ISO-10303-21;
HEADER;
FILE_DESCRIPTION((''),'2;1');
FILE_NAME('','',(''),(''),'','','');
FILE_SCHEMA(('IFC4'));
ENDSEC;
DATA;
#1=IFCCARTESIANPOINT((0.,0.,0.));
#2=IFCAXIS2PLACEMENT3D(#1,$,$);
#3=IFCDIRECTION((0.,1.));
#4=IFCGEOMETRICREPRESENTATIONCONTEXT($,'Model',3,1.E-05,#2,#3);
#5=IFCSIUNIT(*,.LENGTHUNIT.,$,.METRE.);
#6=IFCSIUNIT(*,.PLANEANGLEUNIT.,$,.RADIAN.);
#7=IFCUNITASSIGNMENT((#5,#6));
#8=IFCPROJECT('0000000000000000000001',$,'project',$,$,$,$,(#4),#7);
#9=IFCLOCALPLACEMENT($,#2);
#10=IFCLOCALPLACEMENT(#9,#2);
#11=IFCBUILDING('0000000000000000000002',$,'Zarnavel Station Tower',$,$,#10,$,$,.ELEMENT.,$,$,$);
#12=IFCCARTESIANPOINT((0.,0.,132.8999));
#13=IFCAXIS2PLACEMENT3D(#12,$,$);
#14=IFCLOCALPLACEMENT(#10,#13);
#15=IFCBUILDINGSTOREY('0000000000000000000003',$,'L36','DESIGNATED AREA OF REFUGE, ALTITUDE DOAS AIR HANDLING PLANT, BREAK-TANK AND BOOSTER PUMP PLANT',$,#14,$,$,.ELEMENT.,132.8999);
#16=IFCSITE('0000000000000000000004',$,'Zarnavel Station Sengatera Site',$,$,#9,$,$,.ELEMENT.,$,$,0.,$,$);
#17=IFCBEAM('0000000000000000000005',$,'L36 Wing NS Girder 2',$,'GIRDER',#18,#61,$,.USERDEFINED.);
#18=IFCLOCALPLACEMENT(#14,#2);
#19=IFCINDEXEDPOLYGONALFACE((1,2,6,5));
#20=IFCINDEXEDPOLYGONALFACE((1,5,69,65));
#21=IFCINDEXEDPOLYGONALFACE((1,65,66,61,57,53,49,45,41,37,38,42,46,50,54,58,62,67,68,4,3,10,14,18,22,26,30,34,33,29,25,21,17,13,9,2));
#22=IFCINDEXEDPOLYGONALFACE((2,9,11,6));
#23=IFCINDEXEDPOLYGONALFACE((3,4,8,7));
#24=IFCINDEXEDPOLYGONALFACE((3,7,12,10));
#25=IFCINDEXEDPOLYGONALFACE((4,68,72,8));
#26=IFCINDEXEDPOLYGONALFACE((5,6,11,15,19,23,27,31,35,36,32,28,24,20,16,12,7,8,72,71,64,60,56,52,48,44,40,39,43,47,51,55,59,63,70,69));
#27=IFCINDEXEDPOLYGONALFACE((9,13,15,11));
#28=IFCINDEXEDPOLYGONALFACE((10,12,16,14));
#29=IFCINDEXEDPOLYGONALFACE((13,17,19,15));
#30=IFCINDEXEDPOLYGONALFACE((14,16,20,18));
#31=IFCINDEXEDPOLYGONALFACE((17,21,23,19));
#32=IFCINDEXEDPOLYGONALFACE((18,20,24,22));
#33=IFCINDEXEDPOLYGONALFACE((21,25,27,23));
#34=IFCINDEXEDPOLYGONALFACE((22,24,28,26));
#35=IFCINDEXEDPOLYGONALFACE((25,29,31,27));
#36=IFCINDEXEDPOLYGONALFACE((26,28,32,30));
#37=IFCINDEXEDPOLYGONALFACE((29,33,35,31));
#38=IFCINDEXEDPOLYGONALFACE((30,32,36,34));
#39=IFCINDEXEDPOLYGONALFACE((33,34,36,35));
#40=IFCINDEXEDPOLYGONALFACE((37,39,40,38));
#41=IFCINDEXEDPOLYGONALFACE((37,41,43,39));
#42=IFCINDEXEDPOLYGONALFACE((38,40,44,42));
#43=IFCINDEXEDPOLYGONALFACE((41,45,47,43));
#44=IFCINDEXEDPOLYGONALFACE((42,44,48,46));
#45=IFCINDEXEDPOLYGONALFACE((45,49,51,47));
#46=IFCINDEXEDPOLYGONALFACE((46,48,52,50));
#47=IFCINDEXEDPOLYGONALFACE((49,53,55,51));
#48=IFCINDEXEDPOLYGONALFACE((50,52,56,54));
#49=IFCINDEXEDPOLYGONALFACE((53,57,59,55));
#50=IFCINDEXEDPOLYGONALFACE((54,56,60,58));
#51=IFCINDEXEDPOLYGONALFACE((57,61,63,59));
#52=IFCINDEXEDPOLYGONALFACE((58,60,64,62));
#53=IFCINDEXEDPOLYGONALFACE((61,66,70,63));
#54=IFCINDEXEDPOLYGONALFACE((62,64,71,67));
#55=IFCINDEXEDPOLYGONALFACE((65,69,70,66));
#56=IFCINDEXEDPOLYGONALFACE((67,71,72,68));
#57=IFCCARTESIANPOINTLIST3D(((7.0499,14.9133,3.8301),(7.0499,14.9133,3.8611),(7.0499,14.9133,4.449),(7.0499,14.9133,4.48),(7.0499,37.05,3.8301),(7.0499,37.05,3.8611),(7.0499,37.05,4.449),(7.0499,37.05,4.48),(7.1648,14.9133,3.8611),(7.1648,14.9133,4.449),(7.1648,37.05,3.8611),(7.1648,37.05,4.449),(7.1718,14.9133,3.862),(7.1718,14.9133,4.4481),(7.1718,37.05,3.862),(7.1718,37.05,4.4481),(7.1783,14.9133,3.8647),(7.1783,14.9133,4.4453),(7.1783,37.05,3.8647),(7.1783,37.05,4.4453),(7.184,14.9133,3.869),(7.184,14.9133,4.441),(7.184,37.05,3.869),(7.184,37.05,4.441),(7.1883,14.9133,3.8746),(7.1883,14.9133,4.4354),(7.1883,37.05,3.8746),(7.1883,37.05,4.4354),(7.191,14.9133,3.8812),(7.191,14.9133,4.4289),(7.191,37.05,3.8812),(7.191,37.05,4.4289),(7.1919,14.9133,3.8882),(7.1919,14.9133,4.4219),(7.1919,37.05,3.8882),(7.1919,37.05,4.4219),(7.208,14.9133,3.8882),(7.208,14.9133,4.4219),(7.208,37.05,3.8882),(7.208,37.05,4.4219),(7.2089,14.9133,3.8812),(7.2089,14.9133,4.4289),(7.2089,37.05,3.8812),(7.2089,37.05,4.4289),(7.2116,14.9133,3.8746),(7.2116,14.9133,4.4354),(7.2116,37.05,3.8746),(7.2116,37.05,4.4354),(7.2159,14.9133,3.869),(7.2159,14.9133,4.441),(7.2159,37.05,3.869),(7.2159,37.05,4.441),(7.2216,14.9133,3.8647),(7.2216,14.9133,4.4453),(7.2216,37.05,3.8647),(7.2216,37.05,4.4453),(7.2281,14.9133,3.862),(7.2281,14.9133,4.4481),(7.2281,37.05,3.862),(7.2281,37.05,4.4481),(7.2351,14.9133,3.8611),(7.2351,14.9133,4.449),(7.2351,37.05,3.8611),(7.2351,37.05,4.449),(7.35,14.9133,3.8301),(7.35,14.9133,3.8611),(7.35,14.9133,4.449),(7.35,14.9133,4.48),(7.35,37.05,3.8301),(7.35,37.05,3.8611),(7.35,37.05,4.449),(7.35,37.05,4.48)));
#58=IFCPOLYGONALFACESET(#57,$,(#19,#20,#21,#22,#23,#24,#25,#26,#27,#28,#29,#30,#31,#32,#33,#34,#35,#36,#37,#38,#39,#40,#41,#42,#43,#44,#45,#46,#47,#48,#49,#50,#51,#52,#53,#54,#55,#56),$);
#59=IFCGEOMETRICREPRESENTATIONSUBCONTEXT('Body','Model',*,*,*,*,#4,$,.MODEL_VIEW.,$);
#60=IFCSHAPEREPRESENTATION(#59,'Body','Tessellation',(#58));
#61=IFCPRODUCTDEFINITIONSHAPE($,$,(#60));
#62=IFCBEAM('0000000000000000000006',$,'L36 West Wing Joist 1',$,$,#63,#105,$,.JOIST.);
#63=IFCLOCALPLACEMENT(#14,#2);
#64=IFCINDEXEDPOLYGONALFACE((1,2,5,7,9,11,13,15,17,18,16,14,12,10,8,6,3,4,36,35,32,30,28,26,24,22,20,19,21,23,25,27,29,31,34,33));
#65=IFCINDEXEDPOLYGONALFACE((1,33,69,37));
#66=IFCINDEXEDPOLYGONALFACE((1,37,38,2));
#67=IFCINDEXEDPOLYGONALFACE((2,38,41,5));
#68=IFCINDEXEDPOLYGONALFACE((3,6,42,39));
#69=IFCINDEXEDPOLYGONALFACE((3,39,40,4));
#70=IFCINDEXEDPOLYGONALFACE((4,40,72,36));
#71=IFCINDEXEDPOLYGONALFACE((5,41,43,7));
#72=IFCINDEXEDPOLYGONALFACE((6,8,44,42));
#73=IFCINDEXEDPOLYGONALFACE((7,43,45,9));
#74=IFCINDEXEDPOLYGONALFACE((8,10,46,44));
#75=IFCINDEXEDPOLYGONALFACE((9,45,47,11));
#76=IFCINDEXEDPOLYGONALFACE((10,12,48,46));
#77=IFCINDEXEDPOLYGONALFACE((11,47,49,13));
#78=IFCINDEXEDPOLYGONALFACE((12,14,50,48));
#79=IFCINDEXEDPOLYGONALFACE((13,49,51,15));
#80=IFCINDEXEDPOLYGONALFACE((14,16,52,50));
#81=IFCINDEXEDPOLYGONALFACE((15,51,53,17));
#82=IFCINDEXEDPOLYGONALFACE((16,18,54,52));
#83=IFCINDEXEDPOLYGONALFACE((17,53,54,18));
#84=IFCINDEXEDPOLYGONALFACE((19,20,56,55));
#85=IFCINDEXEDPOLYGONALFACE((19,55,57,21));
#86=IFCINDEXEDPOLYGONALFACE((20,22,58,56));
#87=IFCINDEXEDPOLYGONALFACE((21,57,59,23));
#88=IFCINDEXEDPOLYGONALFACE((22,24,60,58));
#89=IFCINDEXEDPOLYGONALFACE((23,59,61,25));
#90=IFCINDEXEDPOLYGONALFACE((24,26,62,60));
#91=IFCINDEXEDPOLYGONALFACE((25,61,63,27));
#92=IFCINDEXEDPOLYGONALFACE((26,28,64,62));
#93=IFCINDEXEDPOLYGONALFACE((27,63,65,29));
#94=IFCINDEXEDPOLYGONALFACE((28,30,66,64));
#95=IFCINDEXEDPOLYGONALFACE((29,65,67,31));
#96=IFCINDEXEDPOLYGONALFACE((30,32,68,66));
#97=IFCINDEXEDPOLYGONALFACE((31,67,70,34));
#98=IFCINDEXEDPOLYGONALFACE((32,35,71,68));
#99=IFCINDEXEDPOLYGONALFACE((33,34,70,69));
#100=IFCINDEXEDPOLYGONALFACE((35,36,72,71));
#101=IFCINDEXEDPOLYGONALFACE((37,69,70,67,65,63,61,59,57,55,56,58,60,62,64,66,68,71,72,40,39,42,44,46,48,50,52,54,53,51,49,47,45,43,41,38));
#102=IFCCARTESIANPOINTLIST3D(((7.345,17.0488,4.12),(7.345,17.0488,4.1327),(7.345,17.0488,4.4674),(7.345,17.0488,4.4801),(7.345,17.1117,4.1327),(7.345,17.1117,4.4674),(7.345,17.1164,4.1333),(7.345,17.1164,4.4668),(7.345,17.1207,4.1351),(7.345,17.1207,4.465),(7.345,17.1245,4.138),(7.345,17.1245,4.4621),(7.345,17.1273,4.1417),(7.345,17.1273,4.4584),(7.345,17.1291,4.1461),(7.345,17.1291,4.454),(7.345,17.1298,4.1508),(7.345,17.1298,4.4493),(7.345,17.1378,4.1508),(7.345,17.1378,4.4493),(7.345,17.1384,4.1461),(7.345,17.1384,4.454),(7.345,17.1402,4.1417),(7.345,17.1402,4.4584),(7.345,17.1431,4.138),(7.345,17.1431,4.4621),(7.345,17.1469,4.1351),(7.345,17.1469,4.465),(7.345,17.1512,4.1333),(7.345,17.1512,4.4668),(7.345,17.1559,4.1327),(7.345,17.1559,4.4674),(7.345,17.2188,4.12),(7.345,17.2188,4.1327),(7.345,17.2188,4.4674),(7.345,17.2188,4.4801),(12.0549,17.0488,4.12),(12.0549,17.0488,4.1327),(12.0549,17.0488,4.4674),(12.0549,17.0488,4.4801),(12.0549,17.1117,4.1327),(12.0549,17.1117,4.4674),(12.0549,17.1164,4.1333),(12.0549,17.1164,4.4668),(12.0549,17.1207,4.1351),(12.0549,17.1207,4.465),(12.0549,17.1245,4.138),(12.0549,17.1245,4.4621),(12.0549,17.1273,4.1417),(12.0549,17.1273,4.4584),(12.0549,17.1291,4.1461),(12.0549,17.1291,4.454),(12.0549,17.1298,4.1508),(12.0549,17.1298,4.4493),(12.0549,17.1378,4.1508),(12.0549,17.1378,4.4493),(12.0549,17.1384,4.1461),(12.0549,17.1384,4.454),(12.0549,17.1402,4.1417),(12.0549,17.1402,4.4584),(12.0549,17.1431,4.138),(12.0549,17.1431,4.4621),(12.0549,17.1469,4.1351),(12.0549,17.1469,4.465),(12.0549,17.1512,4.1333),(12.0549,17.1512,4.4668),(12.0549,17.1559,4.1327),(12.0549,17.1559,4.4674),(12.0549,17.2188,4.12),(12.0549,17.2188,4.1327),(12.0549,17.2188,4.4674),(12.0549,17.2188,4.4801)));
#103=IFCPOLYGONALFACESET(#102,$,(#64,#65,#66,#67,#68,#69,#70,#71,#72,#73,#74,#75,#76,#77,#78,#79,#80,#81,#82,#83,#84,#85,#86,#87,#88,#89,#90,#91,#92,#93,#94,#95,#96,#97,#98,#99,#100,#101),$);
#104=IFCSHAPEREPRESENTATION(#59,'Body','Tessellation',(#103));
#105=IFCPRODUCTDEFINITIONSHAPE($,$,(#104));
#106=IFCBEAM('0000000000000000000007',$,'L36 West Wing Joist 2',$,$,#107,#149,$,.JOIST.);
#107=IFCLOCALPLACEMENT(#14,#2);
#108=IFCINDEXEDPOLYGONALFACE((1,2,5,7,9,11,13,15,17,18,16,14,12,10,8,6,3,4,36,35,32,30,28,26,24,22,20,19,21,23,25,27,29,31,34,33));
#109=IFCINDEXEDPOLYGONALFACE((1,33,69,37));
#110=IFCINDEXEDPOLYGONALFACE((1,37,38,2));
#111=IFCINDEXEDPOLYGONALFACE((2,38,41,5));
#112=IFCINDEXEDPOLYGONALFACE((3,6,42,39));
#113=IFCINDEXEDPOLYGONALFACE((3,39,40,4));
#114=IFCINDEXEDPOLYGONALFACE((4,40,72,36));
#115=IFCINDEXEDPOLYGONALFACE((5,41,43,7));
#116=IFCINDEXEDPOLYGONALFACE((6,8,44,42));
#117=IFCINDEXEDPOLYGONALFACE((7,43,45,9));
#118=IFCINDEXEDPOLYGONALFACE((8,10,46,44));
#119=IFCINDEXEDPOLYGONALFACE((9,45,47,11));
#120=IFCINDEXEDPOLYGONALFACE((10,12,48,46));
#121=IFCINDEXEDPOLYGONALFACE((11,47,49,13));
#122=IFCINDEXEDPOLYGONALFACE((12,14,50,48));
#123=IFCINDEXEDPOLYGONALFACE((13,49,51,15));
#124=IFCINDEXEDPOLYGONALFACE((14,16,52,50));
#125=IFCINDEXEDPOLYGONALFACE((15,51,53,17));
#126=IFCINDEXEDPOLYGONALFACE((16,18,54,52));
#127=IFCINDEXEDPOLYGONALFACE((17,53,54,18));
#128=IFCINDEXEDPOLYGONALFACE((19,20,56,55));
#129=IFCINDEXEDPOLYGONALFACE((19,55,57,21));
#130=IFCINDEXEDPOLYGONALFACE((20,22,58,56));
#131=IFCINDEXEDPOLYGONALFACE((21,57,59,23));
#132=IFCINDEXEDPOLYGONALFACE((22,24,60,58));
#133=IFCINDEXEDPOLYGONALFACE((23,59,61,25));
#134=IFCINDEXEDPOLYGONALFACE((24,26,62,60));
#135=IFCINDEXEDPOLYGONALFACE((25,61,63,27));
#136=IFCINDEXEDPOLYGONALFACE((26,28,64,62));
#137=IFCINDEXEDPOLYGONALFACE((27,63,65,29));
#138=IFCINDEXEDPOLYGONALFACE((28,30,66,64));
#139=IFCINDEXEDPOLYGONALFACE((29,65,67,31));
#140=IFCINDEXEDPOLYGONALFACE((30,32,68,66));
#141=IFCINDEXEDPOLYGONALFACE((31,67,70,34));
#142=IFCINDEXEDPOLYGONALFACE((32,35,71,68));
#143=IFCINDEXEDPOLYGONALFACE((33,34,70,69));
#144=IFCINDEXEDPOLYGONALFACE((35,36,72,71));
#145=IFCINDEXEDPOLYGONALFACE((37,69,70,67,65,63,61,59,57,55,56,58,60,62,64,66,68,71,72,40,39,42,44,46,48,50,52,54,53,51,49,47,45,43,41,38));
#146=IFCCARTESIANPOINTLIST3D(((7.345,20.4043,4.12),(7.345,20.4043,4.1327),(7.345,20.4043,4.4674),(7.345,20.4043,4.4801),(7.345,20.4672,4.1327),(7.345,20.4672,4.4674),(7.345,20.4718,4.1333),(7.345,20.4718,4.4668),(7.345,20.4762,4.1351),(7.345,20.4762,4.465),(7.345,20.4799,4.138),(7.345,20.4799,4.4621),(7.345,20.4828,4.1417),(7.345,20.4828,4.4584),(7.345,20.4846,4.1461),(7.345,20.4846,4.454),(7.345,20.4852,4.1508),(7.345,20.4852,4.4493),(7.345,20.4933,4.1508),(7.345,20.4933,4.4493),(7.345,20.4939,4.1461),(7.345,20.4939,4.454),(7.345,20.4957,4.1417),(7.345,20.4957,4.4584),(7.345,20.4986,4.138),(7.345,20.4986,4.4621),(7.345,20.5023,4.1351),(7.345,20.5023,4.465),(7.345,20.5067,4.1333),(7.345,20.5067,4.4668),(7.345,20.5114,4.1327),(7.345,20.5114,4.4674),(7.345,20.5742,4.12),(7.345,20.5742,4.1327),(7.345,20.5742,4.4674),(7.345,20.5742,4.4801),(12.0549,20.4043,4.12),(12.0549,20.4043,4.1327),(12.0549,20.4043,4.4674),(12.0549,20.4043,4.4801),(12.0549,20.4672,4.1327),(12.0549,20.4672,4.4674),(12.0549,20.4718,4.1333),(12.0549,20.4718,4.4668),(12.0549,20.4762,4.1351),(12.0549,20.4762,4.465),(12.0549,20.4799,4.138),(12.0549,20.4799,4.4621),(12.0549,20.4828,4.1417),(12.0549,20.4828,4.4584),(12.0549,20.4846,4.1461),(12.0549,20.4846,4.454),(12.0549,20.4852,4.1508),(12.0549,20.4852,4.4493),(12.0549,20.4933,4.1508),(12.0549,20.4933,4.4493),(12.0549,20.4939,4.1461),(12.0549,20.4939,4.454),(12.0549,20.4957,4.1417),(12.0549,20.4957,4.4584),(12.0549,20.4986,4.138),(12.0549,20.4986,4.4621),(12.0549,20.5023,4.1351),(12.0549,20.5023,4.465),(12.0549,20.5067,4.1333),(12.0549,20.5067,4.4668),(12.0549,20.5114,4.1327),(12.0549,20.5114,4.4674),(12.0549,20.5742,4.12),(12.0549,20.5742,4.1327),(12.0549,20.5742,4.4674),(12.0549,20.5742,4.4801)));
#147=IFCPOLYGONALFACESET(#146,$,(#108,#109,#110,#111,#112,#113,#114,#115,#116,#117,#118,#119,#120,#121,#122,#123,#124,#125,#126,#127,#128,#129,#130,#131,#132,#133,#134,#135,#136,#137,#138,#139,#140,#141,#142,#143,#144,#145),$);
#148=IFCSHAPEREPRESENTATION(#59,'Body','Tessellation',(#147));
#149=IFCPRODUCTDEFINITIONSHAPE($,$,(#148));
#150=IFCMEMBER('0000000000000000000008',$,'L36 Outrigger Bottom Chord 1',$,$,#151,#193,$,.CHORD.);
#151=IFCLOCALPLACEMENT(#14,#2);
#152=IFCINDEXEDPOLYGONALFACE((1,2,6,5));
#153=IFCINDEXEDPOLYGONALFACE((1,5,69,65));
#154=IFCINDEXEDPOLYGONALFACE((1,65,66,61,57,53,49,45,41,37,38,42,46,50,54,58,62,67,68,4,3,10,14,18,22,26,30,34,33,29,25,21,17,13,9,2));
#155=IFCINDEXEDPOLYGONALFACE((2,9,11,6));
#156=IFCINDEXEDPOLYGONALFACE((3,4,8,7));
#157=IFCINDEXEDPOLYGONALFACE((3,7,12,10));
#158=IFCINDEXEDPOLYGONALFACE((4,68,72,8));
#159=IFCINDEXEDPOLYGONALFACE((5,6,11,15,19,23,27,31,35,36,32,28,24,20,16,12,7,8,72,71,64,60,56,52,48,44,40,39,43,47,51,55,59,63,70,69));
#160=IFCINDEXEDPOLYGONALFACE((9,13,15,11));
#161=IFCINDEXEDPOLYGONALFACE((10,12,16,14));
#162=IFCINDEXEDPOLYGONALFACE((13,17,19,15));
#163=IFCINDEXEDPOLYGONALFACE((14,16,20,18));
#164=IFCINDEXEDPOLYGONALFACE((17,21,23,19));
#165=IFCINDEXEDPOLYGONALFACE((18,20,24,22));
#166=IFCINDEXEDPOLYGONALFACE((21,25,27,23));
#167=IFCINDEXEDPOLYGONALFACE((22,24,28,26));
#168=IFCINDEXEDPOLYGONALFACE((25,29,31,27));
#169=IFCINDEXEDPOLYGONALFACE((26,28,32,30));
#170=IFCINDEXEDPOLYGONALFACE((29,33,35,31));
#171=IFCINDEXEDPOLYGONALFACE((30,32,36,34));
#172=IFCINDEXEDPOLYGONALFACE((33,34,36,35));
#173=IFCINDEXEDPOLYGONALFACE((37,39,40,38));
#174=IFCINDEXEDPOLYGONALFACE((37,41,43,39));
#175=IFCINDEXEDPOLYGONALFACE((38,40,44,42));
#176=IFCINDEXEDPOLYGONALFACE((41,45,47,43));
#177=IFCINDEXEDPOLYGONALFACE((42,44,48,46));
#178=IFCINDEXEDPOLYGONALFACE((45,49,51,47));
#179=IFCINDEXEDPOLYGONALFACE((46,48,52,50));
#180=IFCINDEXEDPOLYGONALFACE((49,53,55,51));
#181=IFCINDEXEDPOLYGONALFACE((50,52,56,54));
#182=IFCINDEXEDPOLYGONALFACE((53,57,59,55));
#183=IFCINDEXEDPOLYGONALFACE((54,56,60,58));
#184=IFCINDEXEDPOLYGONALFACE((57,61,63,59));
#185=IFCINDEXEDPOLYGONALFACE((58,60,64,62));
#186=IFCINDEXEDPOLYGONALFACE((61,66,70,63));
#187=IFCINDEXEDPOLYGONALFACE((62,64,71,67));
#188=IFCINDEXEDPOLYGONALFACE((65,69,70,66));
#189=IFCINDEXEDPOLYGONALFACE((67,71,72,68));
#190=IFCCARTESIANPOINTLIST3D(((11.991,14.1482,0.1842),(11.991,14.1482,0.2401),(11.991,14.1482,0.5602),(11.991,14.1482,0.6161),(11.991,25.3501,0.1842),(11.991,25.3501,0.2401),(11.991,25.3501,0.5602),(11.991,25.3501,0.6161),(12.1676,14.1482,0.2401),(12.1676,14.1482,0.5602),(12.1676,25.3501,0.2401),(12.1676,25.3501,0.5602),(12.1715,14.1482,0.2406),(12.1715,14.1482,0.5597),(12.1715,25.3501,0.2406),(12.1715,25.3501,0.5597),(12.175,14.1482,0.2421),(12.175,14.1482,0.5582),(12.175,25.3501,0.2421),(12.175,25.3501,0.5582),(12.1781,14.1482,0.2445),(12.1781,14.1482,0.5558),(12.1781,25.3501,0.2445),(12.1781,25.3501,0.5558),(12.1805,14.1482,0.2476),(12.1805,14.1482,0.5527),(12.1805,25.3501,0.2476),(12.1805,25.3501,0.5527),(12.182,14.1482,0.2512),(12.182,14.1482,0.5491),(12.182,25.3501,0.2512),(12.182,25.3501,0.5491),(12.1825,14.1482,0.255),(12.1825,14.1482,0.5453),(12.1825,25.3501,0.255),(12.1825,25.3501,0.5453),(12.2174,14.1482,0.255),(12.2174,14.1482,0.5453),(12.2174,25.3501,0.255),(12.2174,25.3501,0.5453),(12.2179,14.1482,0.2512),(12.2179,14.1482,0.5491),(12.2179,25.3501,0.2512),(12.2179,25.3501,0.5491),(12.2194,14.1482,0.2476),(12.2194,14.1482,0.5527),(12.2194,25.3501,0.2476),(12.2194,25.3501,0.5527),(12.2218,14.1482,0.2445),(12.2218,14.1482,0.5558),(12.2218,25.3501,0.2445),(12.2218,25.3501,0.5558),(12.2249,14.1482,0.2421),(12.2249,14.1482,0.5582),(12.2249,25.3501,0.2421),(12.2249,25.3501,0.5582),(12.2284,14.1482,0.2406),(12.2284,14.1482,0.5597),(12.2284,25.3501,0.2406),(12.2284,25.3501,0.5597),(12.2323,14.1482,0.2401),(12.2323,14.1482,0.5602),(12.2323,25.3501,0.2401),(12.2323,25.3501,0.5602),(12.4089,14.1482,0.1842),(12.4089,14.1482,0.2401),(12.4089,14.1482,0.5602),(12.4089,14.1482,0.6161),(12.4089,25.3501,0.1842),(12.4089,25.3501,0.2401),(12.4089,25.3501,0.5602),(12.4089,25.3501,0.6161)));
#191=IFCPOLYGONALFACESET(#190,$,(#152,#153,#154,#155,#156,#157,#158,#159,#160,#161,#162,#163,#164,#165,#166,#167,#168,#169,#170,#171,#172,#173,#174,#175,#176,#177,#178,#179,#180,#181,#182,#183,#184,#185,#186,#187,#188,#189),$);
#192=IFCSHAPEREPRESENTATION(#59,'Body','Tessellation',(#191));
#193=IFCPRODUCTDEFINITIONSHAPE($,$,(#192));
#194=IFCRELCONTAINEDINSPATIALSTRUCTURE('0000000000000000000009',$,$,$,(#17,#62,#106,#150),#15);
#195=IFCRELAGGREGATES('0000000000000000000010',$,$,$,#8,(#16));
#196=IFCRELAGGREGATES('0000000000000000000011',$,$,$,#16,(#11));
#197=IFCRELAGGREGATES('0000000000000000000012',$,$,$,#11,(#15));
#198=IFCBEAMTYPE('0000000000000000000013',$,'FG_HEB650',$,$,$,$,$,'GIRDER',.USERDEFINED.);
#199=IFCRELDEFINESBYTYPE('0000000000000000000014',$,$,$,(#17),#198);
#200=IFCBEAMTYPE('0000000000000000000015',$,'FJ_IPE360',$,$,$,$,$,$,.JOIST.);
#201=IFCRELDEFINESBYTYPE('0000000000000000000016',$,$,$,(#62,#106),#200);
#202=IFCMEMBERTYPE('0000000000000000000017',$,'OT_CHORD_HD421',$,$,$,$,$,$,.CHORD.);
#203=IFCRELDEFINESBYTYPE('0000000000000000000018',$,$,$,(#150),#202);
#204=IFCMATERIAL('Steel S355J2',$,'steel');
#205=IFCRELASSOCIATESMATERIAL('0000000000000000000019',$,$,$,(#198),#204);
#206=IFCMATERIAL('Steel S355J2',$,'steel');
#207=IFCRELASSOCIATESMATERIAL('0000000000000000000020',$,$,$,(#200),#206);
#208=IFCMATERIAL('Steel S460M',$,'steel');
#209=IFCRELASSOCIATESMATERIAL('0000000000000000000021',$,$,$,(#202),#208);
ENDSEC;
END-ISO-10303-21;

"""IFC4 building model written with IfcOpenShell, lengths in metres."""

from ifc_helpers import new_model, si_unit, direction, frame, origin, origin_2d, place, context, subcontext, project, spatial, i_section, extrude, material, material_profile, profile_set, type_object, element, save


model = new_model("IFC4")

# Units and contexts
model_context = context("Model", 3, precision=1e-05, world=origin(), true_north=direction((0.0, 1.0)))
body_context = subcontext(model_context, "Body", "Model", "MODEL_VIEW")
ifc_project = project(units=[si_unit("LENGTHUNIT", "METRE"), si_unit("PLANEANGLEUNIT", "RADIAN")], contexts=[model_context])

# Site, building, storey
site_placement = place(None, origin())
site = spatial("IfcSite", under=ifc_project, at=site_placement, Name="Zarnavel Station Sengatera Site", CompositionType="ELEMENT", RefElevation=0.0)
building_placement = place(site_placement, origin())
building = spatial("IfcBuilding", under=site, at=building_placement, Name="Zarnavel Station Tower", CompositionType="ELEMENT")
storey_placement = place(building_placement, frame((0.0, 0.0, 132.8999)))
storey = spatial("IfcBuildingStorey", under=building, at=storey_placement, Name="L36", Description="DESIGNATED AREA OF REFUGE, ALTITUDE DOAS AIR HANDLING PLANT, BREAK-TANK AND BOOSTER PUMP PLANT", CompositionType="ELEMENT", Elevation=132.8999)

# Beams
ifc_material_1 = material(Name="Steel S355J2", Category="steel")
ifc_material_profile_1 = material_profile(ifc_material_1, i_section(OverallWidth=0.3, OverallDepth=0.6499, WebThickness=0.0161, FlangeThickness=0.031, FilletRadius=0.0271, at=origin_2d()), Name="HEB650")
ifc_profile_set_1 = profile_set([ifc_material_profile_1], Name="Steel S355J2")
beam_type_1 = type_object("IfcBeamType", Name="FG_HEB650", ElementType="GIRDER", PredefinedType="USERDEFINED", material=ifc_profile_set_1)
beam_1_placement = place(storey_placement, frame((7.2, 14.9133, 4.155), z_axis=(0.0, 1.0, 0.0), x_axis=(-1.0, 0.0, 0.0)))
element("IfcBeam", 1, at=beam_1_placement, inside=storey, type_object=beam_type_1, Name="L36 Wing NS Girder 2", ObjectType="GIRDER", PredefinedType="USERDEFINED", context=body_context, shape_type="SweptSolid", body=[
    extrude(i_section(OverallWidth=0.3, OverallDepth=0.6499, WebThickness=0.0161, FlangeThickness=0.031, FilletRadius=0.0271, at=origin_2d()), origin(), (0.0, 0.0, 1.0), 22.1367),
])
ifc_material_2 = material(Name="Steel S355J2", Category="steel")
ifc_material_profile_2 = material_profile(ifc_material_2, i_section(OverallWidth=0.1699, OverallDepth=0.3601, WebThickness=0.0081, FlangeThickness=0.0127, FilletRadius=0.0181, at=origin_2d()), Name="IPE360")
ifc_profile_set_2 = profile_set([ifc_material_profile_2], Name="Steel S355J2")
beam_type_2 = type_object("IfcBeamType", Name="FJ_IPE360", PredefinedType="JOIST", material=ifc_profile_set_2)
for number, where, z_axis, x_axis, name in (
    (2, (7.345, 17.1338, 4.3), (1.0, 0.0, 0.0), (0.0, 1.0, 0.0), "L36 West Wing Joist 1"),
    (3, (7.345, 20.4893, 4.3), (1.0, 0.0, 0.0), (0.0, 1.0, 0.0), "L36 West Wing Joist 2"),
):
    element("IfcBeam", number, at=place(storey_placement, frame(where, z_axis=z_axis, x_axis=x_axis)), inside=storey, type_object=beam_type_2, Name=name, PredefinedType="JOIST", context=body_context, shape_type="SweptSolid", body=[
        extrude(i_section(OverallWidth=0.1699, OverallDepth=0.3601, WebThickness=0.0081, FlangeThickness=0.0127, FilletRadius=0.0181, at=origin_2d()), origin(), (0.0, 0.0, 1.0), 4.71),
    ])

# Member
ifc_material_3 = material(Name="Steel S460M", Category="steel")
ifc_material_profile_3 = material_profile(ifc_material_3, i_section(OverallWidth=0.418, OverallDepth=0.4319, WebThickness=0.0349, FlangeThickness=0.0559, FilletRadius=0.0149, at=origin_2d()), Name="HD400x421")
ifc_profile_set_3 = profile_set([ifc_material_profile_3], Name="Steel S460M")
member_type_1 = type_object("IfcMemberType", Name="OT_CHORD_HD421", PredefinedType="CHORD", material=ifc_profile_set_3)
member_1_placement = place(storey_placement, frame((12.2, 14.1482, 0.4001), z_axis=(0.0, 1.0, 0.0), x_axis=(-1.0, 0.0, 0.0)))
element("IfcMember", 4, at=member_1_placement, inside=storey, type_object=member_type_1, Name="L36 Outrigger Bottom Chord 1", PredefinedType="CHORD", context=body_context, shape_type="SweptSolid", body=[
    extrude(i_section(OverallWidth=0.418, OverallDepth=0.4319, WebThickness=0.0349, FlangeThickness=0.0559, FilletRadius=0.0149, at=origin_2d()), origin(), (0.0, 0.0, 1.0), 11.2019),
])

save(model, "model.ifc")
